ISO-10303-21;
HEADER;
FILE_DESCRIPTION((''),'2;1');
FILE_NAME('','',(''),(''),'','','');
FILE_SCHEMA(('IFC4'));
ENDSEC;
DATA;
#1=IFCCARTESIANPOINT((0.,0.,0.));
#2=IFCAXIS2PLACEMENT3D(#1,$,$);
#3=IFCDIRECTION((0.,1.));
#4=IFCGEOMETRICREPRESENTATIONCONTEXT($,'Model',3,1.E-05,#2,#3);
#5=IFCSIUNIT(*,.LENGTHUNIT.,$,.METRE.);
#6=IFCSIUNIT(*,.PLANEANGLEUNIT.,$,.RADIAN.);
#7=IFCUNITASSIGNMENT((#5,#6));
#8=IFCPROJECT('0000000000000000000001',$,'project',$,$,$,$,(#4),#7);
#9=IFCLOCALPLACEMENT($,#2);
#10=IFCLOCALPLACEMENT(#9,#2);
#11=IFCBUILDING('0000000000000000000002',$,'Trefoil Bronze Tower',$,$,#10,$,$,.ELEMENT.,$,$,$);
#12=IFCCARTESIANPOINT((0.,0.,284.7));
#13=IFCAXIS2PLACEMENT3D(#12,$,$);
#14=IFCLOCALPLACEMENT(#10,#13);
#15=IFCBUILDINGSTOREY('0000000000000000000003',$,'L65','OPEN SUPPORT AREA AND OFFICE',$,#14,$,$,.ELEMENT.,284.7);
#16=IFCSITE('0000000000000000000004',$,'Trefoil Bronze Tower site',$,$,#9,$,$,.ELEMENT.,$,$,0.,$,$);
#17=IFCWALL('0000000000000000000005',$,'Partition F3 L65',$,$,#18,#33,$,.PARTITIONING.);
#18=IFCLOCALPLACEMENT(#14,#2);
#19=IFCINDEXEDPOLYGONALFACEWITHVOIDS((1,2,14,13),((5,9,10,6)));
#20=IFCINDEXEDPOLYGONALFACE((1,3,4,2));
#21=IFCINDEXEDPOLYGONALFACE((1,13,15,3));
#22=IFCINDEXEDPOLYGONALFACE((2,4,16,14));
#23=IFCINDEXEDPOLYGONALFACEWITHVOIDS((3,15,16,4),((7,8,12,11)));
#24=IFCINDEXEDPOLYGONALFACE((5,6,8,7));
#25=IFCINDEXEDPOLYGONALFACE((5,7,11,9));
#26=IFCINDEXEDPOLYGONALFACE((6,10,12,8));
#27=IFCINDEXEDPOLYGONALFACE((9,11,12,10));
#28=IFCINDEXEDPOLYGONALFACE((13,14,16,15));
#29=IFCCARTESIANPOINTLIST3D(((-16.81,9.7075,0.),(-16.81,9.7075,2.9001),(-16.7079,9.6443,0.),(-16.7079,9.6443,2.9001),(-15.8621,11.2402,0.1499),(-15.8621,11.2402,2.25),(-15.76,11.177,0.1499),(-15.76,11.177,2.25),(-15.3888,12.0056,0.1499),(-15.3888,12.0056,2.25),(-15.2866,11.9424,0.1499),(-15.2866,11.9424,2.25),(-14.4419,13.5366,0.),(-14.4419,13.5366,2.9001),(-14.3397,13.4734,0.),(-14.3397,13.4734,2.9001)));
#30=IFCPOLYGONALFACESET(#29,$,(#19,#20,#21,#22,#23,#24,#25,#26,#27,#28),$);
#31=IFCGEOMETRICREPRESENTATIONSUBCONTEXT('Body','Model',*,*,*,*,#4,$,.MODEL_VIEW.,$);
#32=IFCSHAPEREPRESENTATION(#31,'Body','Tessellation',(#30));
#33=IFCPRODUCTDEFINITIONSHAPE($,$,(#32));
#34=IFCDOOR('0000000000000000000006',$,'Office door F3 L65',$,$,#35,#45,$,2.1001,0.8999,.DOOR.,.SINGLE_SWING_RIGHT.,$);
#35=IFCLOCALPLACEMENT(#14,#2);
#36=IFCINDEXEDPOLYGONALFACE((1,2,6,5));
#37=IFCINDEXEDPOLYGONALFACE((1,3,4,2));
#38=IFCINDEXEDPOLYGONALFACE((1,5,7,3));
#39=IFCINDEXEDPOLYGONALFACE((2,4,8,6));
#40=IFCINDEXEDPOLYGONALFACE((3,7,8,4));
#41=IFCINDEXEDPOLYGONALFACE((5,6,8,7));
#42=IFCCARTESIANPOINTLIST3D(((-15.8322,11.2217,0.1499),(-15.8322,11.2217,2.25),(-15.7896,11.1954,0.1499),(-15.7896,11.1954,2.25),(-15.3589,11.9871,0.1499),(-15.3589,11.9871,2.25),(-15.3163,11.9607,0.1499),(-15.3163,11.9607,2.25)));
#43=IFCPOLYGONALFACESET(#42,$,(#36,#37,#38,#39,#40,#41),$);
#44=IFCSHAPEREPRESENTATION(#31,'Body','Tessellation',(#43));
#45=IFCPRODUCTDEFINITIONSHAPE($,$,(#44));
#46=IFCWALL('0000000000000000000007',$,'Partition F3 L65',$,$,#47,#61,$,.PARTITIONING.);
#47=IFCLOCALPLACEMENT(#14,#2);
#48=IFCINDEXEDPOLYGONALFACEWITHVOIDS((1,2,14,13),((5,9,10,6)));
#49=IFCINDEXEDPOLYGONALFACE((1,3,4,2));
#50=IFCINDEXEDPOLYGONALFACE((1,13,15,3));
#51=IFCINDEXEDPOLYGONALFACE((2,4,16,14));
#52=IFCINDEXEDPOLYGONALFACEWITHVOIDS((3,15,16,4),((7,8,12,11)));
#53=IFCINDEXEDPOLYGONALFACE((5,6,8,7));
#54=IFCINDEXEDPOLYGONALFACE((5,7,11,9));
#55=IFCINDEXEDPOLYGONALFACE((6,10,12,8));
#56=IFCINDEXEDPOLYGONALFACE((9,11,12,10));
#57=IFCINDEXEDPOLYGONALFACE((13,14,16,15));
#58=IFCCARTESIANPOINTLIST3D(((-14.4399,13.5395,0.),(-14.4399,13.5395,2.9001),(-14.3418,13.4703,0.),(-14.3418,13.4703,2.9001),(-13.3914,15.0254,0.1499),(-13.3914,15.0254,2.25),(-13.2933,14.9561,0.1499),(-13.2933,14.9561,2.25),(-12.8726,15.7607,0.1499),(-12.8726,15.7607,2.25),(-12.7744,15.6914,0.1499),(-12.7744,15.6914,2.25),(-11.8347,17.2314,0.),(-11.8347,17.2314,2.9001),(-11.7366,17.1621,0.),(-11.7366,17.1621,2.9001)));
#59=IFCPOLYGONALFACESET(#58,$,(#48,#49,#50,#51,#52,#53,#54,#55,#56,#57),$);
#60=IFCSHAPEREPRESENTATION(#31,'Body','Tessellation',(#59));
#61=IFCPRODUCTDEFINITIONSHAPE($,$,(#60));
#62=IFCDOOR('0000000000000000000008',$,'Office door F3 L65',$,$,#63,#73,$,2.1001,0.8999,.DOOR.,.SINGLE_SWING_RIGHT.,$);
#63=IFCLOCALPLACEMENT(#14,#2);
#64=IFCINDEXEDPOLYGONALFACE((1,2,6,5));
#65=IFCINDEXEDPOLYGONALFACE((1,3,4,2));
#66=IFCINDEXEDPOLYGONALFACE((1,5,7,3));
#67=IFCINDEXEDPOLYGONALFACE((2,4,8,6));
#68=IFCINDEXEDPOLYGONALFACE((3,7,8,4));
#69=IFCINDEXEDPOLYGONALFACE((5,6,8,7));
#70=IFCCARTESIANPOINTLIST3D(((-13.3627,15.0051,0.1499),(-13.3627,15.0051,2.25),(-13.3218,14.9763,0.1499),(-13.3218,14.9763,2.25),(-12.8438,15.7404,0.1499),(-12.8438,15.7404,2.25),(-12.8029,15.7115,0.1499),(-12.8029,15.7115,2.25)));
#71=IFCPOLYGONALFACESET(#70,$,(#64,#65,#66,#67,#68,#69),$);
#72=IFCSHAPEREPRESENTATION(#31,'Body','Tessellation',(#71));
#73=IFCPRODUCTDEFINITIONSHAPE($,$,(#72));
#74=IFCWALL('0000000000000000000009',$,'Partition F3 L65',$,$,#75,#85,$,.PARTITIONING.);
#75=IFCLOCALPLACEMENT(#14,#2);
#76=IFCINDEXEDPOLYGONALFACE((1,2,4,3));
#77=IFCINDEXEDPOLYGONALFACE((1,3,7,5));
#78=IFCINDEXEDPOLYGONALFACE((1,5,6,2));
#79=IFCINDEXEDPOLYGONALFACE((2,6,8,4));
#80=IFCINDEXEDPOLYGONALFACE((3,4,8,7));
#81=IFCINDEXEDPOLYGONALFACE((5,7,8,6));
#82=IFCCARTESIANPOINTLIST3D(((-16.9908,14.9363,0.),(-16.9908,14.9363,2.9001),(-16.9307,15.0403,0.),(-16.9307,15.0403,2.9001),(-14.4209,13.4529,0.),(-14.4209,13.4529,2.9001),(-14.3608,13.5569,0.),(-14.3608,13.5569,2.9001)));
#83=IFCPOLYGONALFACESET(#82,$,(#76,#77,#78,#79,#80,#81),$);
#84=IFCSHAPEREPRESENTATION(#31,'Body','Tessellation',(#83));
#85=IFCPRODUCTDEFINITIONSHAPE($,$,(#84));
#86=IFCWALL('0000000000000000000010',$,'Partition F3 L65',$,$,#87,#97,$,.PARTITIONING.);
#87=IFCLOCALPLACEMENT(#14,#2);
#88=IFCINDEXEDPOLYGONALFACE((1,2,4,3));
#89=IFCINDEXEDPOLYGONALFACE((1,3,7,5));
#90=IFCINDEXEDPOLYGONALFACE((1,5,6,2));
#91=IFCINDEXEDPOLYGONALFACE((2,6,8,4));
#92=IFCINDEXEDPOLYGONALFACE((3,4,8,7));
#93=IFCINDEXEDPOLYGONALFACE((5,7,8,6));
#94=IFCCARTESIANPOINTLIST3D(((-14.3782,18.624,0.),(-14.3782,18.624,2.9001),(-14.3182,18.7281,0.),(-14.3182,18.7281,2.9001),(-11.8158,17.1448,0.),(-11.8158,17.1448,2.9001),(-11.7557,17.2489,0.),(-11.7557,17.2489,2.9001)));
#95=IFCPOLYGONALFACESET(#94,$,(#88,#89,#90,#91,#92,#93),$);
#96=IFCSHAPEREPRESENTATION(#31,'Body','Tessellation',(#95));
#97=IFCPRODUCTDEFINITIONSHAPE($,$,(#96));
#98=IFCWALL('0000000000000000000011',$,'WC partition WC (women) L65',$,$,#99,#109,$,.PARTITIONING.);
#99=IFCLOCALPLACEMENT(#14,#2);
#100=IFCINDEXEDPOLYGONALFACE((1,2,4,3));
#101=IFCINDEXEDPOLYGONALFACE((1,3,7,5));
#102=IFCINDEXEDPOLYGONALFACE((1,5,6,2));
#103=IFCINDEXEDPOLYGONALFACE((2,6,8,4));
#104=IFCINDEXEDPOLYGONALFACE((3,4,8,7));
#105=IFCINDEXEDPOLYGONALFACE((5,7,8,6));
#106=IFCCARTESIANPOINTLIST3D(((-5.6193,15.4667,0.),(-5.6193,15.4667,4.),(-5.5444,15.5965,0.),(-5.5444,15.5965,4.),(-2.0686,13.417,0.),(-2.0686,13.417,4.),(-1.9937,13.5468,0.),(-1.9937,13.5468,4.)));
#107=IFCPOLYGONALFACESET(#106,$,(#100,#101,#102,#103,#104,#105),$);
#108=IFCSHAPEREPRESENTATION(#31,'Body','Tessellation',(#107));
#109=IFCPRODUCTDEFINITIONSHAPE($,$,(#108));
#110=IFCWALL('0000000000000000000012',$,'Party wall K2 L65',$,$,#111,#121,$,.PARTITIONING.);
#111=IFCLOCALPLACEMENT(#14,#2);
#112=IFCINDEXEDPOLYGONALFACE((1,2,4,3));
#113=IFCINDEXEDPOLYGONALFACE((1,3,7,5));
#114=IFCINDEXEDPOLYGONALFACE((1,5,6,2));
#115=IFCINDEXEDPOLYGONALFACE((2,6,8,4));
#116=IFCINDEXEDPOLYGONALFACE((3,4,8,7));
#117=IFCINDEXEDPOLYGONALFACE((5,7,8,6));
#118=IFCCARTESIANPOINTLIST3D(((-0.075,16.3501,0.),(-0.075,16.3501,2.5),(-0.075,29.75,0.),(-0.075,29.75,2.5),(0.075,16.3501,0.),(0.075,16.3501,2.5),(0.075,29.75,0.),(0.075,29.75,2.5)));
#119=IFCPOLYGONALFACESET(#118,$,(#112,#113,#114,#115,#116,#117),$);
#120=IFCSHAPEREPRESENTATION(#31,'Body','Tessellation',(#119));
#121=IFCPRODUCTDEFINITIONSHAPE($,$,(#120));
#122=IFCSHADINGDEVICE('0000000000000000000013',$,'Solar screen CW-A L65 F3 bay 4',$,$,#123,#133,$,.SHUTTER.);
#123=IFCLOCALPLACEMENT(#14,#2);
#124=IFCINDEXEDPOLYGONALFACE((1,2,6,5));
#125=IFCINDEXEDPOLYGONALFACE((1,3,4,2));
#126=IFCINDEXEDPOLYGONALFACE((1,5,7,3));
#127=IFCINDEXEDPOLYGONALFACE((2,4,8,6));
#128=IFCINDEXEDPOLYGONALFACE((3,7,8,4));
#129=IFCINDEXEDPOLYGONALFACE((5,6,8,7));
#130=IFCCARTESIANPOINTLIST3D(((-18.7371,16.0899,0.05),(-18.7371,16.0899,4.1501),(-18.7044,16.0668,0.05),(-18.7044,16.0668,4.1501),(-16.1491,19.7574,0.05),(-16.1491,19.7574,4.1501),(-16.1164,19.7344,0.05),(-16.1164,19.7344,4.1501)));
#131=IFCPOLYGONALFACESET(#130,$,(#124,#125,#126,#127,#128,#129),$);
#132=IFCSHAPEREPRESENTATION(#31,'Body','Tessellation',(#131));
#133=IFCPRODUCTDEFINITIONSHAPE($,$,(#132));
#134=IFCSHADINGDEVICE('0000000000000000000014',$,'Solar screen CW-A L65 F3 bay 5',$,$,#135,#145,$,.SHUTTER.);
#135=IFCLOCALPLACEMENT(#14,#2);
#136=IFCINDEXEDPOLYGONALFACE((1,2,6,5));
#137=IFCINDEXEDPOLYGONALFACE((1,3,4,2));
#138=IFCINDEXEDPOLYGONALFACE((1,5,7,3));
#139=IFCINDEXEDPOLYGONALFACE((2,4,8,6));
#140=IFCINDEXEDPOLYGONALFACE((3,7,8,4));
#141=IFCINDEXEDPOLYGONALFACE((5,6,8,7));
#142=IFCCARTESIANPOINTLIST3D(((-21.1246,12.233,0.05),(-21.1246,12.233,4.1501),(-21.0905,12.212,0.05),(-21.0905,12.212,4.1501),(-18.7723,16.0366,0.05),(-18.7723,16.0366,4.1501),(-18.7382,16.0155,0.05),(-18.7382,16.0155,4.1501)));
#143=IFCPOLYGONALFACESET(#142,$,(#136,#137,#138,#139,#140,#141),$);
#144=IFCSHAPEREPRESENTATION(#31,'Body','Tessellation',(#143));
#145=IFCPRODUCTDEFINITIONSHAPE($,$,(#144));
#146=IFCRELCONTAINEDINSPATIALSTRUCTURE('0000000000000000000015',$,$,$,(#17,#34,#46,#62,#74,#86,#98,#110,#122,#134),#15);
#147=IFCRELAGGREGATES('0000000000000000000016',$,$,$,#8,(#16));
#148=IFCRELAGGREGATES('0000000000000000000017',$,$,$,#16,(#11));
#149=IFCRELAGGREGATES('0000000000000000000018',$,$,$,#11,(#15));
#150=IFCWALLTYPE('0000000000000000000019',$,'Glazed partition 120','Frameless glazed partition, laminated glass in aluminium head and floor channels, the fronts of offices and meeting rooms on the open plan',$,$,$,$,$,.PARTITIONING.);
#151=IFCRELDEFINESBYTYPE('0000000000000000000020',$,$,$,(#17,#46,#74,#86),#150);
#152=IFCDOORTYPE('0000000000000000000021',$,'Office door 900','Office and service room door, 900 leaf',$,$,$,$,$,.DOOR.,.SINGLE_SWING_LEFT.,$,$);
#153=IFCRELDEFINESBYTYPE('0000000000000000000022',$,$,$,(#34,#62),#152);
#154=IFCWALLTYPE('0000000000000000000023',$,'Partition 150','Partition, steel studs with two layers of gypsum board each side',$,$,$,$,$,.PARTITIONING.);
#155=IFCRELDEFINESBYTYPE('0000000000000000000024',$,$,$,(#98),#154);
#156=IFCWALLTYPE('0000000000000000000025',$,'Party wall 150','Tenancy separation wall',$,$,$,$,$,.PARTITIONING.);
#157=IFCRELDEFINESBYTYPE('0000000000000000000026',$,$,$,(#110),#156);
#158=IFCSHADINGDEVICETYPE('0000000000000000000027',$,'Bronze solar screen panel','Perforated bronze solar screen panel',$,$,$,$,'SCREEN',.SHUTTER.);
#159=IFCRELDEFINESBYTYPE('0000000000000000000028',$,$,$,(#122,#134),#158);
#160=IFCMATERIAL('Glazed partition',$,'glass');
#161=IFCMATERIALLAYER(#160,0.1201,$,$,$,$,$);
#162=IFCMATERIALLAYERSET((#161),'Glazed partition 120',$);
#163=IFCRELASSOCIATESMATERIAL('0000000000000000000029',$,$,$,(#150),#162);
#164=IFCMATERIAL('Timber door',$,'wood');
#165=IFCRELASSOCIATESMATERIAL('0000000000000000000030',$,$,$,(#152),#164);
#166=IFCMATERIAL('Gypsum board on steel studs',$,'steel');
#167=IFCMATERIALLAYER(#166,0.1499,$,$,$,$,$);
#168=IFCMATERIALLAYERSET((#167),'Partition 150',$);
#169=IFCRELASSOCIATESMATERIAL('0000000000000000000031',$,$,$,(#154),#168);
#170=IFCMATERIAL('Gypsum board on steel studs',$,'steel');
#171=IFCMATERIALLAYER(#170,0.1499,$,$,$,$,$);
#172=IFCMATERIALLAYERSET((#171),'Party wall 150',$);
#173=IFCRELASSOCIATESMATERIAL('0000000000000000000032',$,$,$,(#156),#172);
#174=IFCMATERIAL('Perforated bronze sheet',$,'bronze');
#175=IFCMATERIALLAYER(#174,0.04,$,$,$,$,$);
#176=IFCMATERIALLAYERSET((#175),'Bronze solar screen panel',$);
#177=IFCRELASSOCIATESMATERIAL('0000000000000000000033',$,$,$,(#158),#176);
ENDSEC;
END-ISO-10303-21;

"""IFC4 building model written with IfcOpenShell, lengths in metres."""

from ifc_helpers import new_model, si_unit, direction, frame, frame_2d, origin, origin_2d, place, context, subcontext, project, spatial, rectangle, extrude, material, layer, layer_set, type_object, element, fill, save


model = new_model("IFC4")

# Units and contexts
model_context = context("Model", 3, precision=1e-05, world=origin(), true_north=direction((0.0, 1.0)))
body_context = subcontext(model_context, "Body", "Model", "MODEL_VIEW")
ifc_project = project(units=[si_unit("LENGTHUNIT", "METRE"), si_unit("PLANEANGLEUNIT", "RADIAN")], contexts=[model_context])

# Site, building, storey
site_placement = place(None, origin())
site = spatial("IfcSite", under=ifc_project, at=site_placement, Name="Trefoil Bronze Tower site", CompositionType="ELEMENT", RefElevation=0.0)
building_placement = place(site_placement, origin())
building = spatial("IfcBuilding", under=site, at=building_placement, Name="Trefoil Bronze Tower", CompositionType="ELEMENT")
storey_placement = place(building_placement, frame((0.0, 0.0, 284.7)))
storey = spatial("IfcBuildingStorey", under=building, at=storey_placement, Name="L65", Description="OPEN SUPPORT AREA AND OFFICE", CompositionType="ELEMENT", Elevation=284.7)

# Walls, openings, doors
ifc_material_1 = material(Name="Glazed partition", Category="glass")
ifc_layer_1 = layer(ifc_material_1, 0.1201)
ifc_layer_set_1 = layer_set([ifc_layer_1], Name="Glazed partition 120")
wall_type_1 = type_object("IfcWallType", Name="Glazed partition 120", Description="Frameless glazed partition, laminated glass in aluminium head and floor channels, the fronts of offices and meeting rooms on the open plan", PredefinedType="PARTITIONING", material=ifc_layer_set_1)
wall_1_placement = place(storey_placement, frame((-14.3909, 13.5049, 0.0), z_axis=(0.0, 0.0, 1.0), x_axis=(-0.525996, -0.850487, 0.0)))
wall_1 = element("IfcWall", 1, at=wall_1_placement, inside=storey, type_object=wall_type_1, Name="Partition F3 L65", PredefinedType="PARTITIONING", context=body_context, shape_type="SweptSolid", body=[
    extrude(rectangle(XDim=4.5022, YDim=0.1201, at=frame_2d((2.251, 0.0))), origin(), (0.0, 0.0, 1.0), 2.9001),
])
opening_1_placement = place(wall_1_placement, frame((1.8, 0.0, 0.1499)))
opening_1 = element("IfcOpeningElement", 2, at=opening_1_placement, cuts=wall_1, PredefinedType="OPENING", context=body_context, shape_type="SweptSolid", body=[
    extrude(rectangle(XDim=0.8999, YDim=2.1001, at=frame_2d((0.45, 1.05))), frame((0.0, 0.0701, 0.0), z_axis=(0.0, -1.0, 0.0), x_axis=(1.0, 0.0, 0.0)), (0.0, 0.0, 1.0), 0.1401),
])
ifc_material_2 = material(Name="Timber door", Category="wood")
door_type_1 = type_object("IfcDoorType", Name="Office door 900", Description="Office and service room door, 900 leaf", OperationType="SINGLE_SWING_LEFT", PredefinedType="DOOR", material=ifc_material_2)
door_1_placement = place(opening_1_placement, frame((0.8999, 0.0, 0.0), z_axis=(0.0, 0.0, 1.0), x_axis=(-1.0, 0.0, 0.0)))
door_1 = element("IfcDoor", 3, at=door_1_placement, inside=storey, type_object=door_type_1, Name="Office door F3 L65", OperationType="SINGLE_SWING_RIGHT", OverallHeight=2.1001, OverallWidth=0.8999, PredefinedType="DOOR", context=body_context, shape_type="SweptSolid", body=[
    extrude(rectangle(XDim=0.8999, YDim=2.1001, at=frame_2d((0.45, 1.05))), frame((0.0, 0.0249, 0.0), z_axis=(0.0, -1.0, 0.0), x_axis=(1.0, 0.0, 0.0)), (0.0, 0.0, 1.0), 0.05),
])
fill(opening_1, door_1)
wall_2_placement = place(storey_placement, frame((-11.7856, 17.1968, 0.0), z_axis=(0.0, 0.0, 1.0), x_axis=(-0.576562, -0.817053, 0.0)))
wall_2 = element("IfcWall", 4, at=wall_2_placement, inside=storey, type_object=wall_type_1, Name="Partition F3 L65", PredefinedType="PARTITIONING", context=body_context, shape_type="SweptSolid", body=[
    extrude(rectangle(XDim=4.5186, YDim=0.1201, at=frame_2d((2.2593, 0.0))), origin(), (0.0, 0.0, 1.0), 2.9001),
])
opening_2_placement = place(wall_2_placement, frame((1.8, 0.0, 0.1499)))
opening_2 = element("IfcOpeningElement", 5, at=opening_2_placement, cuts=wall_2, PredefinedType="OPENING", context=body_context, shape_type="SweptSolid", body=[
    extrude(rectangle(XDim=0.8999, YDim=2.1001, at=frame_2d((0.45, 1.05))), frame((0.0, 0.0701, 0.0), z_axis=(0.0, -1.0, 0.0), x_axis=(1.0, 0.0, 0.0)), (0.0, 0.0, 1.0), 0.1401),
])
door_2_placement = place(opening_2_placement, frame((0.8999, 0.0, 0.0), z_axis=(0.0, 0.0, 1.0), x_axis=(-1.0, 0.0, 0.0)))
door_2 = element("IfcDoor", 6, at=door_2_placement, inside=storey, type_object=door_type_1, Name="Office door F3 L65", OperationType="SINGLE_SWING_RIGHT", OverallHeight=2.1001, OverallWidth=0.8999, PredefinedType="DOOR", context=body_context, shape_type="SweptSolid", body=[
    extrude(rectangle(XDim=0.8999, YDim=2.1001, at=frame_2d((0.45, 1.05))), frame((0.0, 0.0249, 0.0), z_axis=(0.0, -1.0, 0.0), x_axis=(1.0, 0.0, 0.0)), (0.0, 0.0, 1.0), 0.05),
])
fill(opening_2, door_2)

# Walls
wall_3_placement = place(storey_placement, frame((-14.3909, 13.5049, 0.0), z_axis=(0.0, 0.0, 1.0), x_axis=(-0.866068, 0.499927, 0.0)))
element("IfcWall", 7, at=wall_3_placement, inside=storey, type_object=wall_type_1, Name="Partition F3 L65", PredefinedType="PARTITIONING", context=body_context, shape_type="SweptSolid", body=[
    extrude(rectangle(XDim=2.9673, YDim=0.1201, at=frame_2d((1.4836, 0.0))), origin(), (0.0, 0.0, 1.0), 2.9001),
])
wall_4_placement = place(storey_placement, frame((-11.7856, 17.1968, 0.0), z_axis=(0.0, 0.0, 1.0), x_axis=(-0.866056, 0.499946, 0.0)))
element("IfcWall", 8, at=wall_4_placement, inside=storey, type_object=wall_type_1, Name="Partition F3 L65", PredefinedType="PARTITIONING", context=body_context, shape_type="SweptSolid", body=[
    extrude(rectangle(XDim=2.9587, YDim=0.1201, at=frame_2d((1.4795, 0.0))), origin(), (0.0, 0.0, 1.0), 2.9001),
])
ifc_material_3 = material(Name="Gypsum board on steel studs", Category="steel")
ifc_layer_2 = layer(ifc_material_3, 0.1499)
ifc_layer_set_2 = layer_set([ifc_layer_2], Name="Partition 150")
wall_type_2 = type_object("IfcWallType", Name="Partition 150", Description="Partition, steel studs with two layers of gypsum board each side", PredefinedType="PARTITIONING", material=ifc_layer_set_2)
wall_5_placement = place(storey_placement, frame((-2.0312, 13.4819, 0.0), z_axis=(0.0, 0.0, 1.0), x_axis=(-0.866051, 0.499956, 0.0)))
element("IfcWall", 9, at=wall_5_placement, inside=storey, type_object=wall_type_2, Name="WC partition WC (women) L65", PredefinedType="PARTITIONING", context=body_context, shape_type="SweptSolid", body=[
    extrude(rectangle(XDim=4.0999, YDim=0.1499, at=frame_2d((2.0498, 0.0))), origin(), (0.0, 0.0, 1.0), 4.0),
])
ifc_material_4 = material(Name="Gypsum board on steel studs", Category="steel")
ifc_layer_3 = layer(ifc_material_4, 0.1499)
ifc_layer_set_3 = layer_set([ifc_layer_3], Name="Party wall 150")
wall_type_3 = type_object("IfcWallType", Name="Party wall 150", Description="Tenancy separation wall", PredefinedType="PARTITIONING", material=ifc_layer_set_3)
wall_6_placement = place(storey_placement, frame((0.0, 16.3501, 0.0), z_axis=(0.0, 0.0, 1.0), x_axis=(0.0, 1.0, 0.0)))
element("IfcWall", 10, at=wall_6_placement, inside=storey, type_object=wall_type_3, Name="Party wall K2 L65", PredefinedType="PARTITIONING", context=body_context, shape_type="SweptSolid", body=[
    extrude(rectangle(XDim=13.3999, YDim=0.1499, at=frame_2d((6.7, 0.0))), origin(), (0.0, 0.0, 1.0), 2.5),
])

# Shading devices
ifc_material_5 = material(Name="Perforated bronze sheet", Category="bronze")
ifc_layer_4 = layer(ifc_material_5, 0.04)
ifc_layer_set_4 = layer_set([ifc_layer_4], Name="Bronze solar screen panel")
shading_device_type = type_object("IfcShadingDeviceType", Name="Bronze solar screen panel", Description="Perforated bronze solar screen panel", ElementType="SCREEN", PredefinedType="SHUTTER", material=ifc_layer_set_4)
shading_device_1_placement = place(storey_placement, frame((-17.4268, 17.9121, 0.05), z_axis=(0.0, 0.0, 1.0), x_axis=(-0.576561, -0.817054, 0.0)))
element("IfcShadingDevice", 11, at=shading_device_1_placement, inside=storey, type_object=shading_device_type, Name="Solar screen CW-A L65 F3 bay 4", PredefinedType="SHUTTER", context=body_context, shape_type="SweptSolid", body=[
    extrude(rectangle(XDim=4.4888, YDim=0.04, at=origin_2d()), origin(), (0.0, 0.0, 1.0), 4.1001),
])
shading_device_2_placement = place(storey_placement, frame((-19.9314, 14.1243, 0.05), z_axis=(0.0, 0.0, 1.0), x_axis=(-0.52598, -0.850497, 0.0)))
element("IfcShadingDevice", 12, at=shading_device_2_placement, inside=storey, type_object=shading_device_type, Name="Solar screen CW-A L65 F3 bay 5", PredefinedType="SHUTTER", context=body_context, shape_type="SweptSolid", body=[
    extrude(rectangle(XDim=4.4722, YDim=0.04, at=origin_2d()), origin(), (0.0, 0.0, 1.0), 4.1001),
])

save(model, "model.ifc")
